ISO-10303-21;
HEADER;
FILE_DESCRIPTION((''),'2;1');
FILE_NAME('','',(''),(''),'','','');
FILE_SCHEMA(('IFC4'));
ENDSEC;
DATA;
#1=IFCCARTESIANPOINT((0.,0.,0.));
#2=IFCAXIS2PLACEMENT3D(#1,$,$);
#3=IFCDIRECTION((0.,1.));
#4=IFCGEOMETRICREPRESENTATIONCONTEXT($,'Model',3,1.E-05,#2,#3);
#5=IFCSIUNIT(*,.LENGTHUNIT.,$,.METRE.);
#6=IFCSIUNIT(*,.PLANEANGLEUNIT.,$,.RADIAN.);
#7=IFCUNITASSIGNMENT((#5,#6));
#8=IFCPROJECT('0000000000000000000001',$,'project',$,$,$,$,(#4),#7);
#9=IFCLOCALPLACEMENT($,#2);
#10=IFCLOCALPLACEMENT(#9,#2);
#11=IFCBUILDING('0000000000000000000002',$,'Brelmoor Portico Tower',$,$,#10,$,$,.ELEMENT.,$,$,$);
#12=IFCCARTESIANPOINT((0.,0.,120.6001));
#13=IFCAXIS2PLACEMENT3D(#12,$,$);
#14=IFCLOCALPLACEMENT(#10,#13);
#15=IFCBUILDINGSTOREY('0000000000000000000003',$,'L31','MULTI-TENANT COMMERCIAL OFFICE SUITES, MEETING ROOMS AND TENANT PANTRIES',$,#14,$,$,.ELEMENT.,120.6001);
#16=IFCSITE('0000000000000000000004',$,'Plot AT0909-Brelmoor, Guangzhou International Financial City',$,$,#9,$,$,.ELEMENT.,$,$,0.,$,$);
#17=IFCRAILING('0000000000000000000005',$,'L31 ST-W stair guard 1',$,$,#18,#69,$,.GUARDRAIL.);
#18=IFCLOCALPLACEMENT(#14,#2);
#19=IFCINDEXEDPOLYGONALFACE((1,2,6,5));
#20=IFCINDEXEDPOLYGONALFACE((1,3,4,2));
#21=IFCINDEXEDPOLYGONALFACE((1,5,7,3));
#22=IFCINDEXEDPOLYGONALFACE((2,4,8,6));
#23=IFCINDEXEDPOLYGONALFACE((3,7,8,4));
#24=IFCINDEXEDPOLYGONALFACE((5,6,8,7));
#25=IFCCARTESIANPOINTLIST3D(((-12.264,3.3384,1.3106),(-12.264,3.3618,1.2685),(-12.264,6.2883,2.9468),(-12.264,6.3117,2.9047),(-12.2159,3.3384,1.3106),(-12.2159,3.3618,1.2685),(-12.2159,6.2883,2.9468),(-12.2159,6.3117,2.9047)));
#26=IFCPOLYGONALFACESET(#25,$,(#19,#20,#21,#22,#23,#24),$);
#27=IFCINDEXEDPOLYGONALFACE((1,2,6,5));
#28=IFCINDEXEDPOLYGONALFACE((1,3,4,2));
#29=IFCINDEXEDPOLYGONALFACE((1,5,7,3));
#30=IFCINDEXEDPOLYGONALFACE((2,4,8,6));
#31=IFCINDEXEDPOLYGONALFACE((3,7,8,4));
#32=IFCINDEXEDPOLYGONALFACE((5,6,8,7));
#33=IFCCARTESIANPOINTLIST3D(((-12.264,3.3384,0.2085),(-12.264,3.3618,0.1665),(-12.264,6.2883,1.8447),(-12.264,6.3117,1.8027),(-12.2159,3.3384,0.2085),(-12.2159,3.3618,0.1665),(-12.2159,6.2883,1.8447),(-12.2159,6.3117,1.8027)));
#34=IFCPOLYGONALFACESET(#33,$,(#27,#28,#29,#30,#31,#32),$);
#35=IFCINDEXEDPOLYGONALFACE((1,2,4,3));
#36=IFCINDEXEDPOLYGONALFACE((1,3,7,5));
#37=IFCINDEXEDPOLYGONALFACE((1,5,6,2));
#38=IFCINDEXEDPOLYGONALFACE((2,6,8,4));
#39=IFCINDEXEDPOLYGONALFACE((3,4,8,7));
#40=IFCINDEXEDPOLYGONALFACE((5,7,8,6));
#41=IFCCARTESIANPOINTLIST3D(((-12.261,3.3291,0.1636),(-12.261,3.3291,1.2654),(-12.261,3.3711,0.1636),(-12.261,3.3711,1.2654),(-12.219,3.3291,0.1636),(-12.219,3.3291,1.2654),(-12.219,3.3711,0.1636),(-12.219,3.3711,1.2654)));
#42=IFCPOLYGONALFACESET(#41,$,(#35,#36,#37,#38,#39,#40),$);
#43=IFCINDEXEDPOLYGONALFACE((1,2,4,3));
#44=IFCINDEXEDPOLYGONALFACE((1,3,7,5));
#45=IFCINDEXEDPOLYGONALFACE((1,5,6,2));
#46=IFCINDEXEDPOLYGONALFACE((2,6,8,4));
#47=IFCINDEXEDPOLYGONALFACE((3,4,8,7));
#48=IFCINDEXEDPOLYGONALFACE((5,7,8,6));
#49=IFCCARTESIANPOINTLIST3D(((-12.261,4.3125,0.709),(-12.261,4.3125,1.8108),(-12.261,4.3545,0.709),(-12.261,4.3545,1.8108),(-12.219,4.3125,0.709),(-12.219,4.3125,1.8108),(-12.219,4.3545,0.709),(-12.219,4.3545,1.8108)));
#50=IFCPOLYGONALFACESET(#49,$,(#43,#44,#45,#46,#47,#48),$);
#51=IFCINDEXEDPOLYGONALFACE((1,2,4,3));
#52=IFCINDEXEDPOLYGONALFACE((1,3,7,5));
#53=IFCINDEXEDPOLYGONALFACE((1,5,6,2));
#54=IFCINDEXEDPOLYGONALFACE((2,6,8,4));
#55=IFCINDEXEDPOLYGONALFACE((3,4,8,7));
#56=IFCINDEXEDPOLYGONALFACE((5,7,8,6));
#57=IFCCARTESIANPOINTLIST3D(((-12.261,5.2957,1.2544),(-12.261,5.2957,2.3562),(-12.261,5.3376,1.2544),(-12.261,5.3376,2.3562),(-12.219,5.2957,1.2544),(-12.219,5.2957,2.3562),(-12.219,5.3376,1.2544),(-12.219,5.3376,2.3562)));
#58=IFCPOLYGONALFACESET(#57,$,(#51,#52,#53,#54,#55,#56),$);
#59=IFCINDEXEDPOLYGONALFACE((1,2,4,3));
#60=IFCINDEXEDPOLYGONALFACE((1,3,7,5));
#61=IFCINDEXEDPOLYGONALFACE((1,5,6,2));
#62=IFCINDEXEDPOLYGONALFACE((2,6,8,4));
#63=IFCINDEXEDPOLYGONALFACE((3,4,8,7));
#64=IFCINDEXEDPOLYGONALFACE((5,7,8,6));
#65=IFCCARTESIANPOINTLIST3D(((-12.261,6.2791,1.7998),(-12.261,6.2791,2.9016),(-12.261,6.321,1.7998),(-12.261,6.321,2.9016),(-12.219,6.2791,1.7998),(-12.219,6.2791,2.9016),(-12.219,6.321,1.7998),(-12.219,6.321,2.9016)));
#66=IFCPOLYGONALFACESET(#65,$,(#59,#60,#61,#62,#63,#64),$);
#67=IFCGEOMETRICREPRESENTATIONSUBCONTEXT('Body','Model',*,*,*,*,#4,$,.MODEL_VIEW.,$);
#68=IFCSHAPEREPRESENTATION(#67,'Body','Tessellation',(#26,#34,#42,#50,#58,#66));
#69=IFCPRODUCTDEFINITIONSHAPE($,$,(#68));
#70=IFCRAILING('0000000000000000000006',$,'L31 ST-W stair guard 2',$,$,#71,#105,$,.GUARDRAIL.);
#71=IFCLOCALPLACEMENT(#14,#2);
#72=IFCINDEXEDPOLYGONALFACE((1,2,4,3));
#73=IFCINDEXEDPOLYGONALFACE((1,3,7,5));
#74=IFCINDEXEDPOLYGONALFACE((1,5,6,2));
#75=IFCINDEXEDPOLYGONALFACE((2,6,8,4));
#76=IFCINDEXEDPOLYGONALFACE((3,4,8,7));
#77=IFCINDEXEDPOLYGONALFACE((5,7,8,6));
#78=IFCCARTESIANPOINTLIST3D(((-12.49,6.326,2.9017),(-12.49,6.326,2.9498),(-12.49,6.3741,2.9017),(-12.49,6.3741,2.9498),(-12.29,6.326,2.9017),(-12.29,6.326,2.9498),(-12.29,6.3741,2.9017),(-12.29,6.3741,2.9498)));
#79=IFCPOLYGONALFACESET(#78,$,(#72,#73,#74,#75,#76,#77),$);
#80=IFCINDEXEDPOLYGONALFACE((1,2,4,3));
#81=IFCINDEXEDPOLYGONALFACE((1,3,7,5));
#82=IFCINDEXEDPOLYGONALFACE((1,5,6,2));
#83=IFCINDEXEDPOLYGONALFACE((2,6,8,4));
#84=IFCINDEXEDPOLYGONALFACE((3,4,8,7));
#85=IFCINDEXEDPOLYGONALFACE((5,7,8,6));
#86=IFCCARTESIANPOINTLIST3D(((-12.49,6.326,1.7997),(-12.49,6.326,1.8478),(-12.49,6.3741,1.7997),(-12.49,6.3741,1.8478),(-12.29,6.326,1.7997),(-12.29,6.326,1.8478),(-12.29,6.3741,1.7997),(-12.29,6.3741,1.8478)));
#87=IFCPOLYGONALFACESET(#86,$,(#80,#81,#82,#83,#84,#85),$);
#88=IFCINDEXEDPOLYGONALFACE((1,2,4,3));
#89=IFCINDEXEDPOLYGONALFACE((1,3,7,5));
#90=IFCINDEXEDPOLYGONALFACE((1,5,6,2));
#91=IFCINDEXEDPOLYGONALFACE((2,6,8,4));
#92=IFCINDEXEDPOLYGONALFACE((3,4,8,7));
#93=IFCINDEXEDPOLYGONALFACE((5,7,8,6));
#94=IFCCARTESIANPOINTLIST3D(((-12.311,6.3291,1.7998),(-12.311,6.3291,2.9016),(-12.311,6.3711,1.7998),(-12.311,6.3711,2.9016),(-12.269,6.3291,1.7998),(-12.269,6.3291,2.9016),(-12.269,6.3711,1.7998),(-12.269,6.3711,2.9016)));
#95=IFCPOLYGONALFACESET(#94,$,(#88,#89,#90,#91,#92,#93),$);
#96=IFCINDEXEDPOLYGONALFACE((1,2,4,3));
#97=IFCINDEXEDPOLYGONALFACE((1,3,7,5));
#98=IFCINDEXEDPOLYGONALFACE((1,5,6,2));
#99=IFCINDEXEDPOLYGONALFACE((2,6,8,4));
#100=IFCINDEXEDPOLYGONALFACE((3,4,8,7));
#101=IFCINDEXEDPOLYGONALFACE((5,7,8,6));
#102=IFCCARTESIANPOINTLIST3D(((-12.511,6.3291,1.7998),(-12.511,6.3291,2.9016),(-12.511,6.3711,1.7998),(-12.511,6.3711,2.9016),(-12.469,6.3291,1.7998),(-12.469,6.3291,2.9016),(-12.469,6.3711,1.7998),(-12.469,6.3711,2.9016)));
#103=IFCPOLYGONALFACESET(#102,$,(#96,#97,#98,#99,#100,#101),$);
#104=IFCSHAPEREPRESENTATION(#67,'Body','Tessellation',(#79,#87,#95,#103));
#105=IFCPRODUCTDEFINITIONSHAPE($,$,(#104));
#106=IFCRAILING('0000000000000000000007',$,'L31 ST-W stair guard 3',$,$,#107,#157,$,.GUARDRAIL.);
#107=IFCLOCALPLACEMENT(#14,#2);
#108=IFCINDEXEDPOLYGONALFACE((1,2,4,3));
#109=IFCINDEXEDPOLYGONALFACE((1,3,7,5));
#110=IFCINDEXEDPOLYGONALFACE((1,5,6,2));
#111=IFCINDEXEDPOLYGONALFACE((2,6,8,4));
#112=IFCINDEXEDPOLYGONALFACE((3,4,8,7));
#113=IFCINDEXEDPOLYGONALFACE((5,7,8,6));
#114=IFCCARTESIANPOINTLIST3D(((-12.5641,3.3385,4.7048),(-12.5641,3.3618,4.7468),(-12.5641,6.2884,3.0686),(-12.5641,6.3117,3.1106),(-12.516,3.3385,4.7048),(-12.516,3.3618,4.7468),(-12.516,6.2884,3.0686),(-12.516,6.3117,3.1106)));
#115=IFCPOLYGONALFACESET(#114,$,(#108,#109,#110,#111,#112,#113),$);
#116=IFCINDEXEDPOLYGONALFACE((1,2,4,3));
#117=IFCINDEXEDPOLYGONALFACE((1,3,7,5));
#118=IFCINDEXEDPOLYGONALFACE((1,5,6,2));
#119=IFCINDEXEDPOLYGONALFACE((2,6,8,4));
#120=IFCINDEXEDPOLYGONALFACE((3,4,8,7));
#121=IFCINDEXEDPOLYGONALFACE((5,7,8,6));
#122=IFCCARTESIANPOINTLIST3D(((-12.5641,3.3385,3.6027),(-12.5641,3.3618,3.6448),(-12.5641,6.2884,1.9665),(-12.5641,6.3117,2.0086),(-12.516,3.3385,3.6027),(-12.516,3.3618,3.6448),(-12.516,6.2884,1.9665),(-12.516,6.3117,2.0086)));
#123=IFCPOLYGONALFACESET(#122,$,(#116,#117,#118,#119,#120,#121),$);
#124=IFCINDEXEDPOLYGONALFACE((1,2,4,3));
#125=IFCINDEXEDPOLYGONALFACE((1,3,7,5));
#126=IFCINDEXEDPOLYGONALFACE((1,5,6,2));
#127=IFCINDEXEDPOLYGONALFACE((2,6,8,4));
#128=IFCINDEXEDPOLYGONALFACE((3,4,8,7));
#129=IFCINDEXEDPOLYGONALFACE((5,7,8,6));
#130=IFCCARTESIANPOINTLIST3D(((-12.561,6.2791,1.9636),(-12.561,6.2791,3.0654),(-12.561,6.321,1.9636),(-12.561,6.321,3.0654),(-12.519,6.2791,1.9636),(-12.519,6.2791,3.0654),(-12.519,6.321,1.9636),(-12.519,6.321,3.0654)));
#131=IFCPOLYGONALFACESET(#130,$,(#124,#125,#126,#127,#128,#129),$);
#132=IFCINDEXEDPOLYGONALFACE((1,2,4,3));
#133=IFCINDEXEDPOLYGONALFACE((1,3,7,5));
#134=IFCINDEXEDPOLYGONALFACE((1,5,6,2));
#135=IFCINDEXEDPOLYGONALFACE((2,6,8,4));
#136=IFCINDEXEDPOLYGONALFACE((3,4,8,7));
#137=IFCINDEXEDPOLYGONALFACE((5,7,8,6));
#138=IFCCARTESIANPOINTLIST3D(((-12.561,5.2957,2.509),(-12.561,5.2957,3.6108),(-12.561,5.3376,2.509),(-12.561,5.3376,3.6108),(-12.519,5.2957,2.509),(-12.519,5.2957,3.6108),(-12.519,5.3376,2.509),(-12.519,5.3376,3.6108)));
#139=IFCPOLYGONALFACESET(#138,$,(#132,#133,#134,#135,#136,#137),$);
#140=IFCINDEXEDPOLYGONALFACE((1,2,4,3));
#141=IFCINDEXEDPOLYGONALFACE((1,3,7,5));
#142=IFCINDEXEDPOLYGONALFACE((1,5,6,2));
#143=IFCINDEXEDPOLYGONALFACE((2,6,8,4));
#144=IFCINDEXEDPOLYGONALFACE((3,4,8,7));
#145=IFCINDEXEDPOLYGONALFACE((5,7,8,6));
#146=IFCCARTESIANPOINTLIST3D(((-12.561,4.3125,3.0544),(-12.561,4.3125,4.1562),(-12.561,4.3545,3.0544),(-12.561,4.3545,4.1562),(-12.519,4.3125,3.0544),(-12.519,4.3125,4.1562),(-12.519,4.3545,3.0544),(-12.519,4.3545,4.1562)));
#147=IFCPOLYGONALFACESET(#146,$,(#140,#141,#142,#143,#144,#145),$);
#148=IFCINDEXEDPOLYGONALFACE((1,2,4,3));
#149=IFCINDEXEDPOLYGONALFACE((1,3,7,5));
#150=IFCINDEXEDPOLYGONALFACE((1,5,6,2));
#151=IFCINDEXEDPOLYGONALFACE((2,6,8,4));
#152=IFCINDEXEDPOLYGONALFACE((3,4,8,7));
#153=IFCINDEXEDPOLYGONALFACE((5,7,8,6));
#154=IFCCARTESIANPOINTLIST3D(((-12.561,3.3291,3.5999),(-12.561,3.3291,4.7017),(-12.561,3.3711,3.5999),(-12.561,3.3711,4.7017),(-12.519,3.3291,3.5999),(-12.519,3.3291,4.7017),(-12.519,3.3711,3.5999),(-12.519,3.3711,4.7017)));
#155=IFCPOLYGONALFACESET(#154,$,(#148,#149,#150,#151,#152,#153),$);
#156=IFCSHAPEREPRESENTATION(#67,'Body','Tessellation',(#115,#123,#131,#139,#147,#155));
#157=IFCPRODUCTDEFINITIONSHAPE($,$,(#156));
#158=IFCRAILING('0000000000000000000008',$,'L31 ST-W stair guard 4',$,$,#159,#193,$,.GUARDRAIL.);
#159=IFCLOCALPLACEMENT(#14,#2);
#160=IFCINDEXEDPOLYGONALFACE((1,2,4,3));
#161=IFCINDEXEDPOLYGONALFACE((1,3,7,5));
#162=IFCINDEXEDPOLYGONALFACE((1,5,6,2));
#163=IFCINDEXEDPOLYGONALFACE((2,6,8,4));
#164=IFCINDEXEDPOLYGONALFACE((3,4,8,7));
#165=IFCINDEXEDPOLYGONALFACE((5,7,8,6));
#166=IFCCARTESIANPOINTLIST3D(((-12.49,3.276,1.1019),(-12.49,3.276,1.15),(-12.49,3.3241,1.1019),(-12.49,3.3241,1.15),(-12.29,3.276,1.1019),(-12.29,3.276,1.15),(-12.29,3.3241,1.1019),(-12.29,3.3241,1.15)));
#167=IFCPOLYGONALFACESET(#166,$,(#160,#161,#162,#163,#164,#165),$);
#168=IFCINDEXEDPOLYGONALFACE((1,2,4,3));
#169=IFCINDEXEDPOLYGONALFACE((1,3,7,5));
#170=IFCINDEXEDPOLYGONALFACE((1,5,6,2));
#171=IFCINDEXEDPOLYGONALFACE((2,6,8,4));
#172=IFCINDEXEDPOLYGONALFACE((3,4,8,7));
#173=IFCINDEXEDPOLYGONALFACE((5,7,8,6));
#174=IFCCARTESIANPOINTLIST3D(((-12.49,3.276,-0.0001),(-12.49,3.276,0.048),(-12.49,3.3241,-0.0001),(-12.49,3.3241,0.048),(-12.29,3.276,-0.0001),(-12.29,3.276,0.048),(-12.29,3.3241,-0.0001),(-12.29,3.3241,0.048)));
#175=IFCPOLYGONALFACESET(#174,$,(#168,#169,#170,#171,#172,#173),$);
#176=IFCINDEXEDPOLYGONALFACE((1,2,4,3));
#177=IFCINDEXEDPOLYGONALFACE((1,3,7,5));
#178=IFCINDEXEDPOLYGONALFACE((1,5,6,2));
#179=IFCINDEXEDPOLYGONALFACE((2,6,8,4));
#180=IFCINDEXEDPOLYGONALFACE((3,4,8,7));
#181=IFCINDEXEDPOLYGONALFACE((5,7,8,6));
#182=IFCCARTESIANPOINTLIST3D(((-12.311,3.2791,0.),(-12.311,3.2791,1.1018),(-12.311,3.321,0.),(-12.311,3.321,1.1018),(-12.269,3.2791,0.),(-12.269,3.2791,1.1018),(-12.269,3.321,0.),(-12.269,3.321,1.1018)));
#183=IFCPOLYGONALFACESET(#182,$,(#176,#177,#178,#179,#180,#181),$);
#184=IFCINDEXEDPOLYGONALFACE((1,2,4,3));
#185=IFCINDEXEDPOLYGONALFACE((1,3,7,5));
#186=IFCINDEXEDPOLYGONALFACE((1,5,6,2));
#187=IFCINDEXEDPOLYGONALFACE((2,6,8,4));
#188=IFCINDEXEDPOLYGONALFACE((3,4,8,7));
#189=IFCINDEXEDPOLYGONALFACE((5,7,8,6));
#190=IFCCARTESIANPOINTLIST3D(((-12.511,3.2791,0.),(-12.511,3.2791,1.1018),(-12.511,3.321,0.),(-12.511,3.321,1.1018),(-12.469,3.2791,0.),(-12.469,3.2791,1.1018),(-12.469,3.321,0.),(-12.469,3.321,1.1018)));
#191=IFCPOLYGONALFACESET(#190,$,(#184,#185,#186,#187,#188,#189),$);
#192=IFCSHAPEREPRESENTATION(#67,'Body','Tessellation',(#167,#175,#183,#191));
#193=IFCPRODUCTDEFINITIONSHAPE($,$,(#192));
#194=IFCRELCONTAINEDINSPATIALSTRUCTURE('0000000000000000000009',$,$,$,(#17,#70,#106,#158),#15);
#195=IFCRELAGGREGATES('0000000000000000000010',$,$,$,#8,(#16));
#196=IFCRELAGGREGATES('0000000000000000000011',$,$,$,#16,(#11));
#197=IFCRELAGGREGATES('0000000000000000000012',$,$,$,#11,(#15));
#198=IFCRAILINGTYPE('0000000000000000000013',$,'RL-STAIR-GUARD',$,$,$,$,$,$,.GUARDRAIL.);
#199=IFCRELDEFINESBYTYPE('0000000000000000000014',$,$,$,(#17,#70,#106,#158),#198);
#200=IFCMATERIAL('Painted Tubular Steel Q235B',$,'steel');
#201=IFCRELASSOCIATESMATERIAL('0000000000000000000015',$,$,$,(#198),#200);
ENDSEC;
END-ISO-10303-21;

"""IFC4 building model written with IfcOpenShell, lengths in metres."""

from ifc_helpers import new_model, si_unit, direction, frame, origin, origin_2d, place, context, subcontext, project, spatial, rectangle, extrude, material, type_object, element, save


model = new_model("IFC4")

# Units and contexts
model_context = context("Model", 3, precision=1e-05, world=origin(), true_north=direction((0.0, 1.0)))
body_context = subcontext(model_context, "Body", "Model", "MODEL_VIEW")
ifc_project = project(units=[si_unit("LENGTHUNIT", "METRE"), si_unit("PLANEANGLEUNIT", "RADIAN")], contexts=[model_context])

# Site, building, storey
site_placement = place(None, origin())
site = spatial("IfcSite", under=ifc_project, at=site_placement, Name="Plot AT0909-Brelmoor, Guangzhou International Financial City", CompositionType="ELEMENT", RefElevation=0.0)
building_placement = place(site_placement, origin())
building = spatial("IfcBuilding", under=site, at=building_placement, Name="Brelmoor Portico Tower", CompositionType="ELEMENT")
storey_placement = place(building_placement, frame((0.0, 0.0, 120.6001)))
storey = spatial("IfcBuildingStorey", under=building, at=storey_placement, Name="L31", Description="MULTI-TENANT COMMERCIAL OFFICE SUITES, MEETING ROOMS AND TENANT PANTRIES", CompositionType="ELEMENT", Elevation=120.6001)

# Railings
ifc_material_1 = material(Name="Painted Tubular Steel Q235B", Category="steel")
railing_type_1 = type_object("IfcRailingType", Name="RL-STAIR-GUARD", PredefinedType="GUARDRAIL", material=ifc_material_1)
railing_1_placement = place(storey_placement, frame((-12.24, 3.3501, 0.1636)))
element("IfcRailing", 1, at=railing_1_placement, inside=storey, type_object=railing_type_1, Name="L31 ST-W stair guard 1", PredefinedType="GUARDRAIL", context=body_context, shape_type="SweptSolid", body=[
    extrude(rectangle(XDim=0.0481, YDim=0.0481, at=origin_2d()), frame((0.0, 0.0, 1.126), z_axis=(0.0, 0.874488, 0.485047), x_axis=(-1.0, 0.0, 0.0)), (0.0, 0.0, 1.0), 3.3733),
    extrude(rectangle(XDim=0.0481, YDim=0.0481, at=origin_2d()), frame((0.0, 0.0, 0.0239), z_axis=(0.0, 0.874488, 0.485047), x_axis=(-1.0, 0.0, 0.0)), (0.0, 0.0, 1.0), 3.3733),
    extrude(rectangle(XDim=0.042, YDim=0.042, at=origin_2d()), origin(), (0.0, 0.0, 1.0), 1.1018),
    extrude(rectangle(XDim=0.042, YDim=0.042, at=origin_2d()), frame((0.0, 0.9834, 0.5454)), (0.0, 0.0, 1.0), 1.1018),
    extrude(rectangle(XDim=0.042, YDim=0.042, at=origin_2d()), frame((0.0, 1.9666, 1.0908)), (0.0, 0.0, 1.0), 1.1018),
    extrude(rectangle(XDim=0.042, YDim=0.042, at=origin_2d()), frame((0.0, 2.95, 1.6362)), (0.0, 0.0, 1.0), 1.1018),
])
railing_2_placement = place(storey_placement, frame((-12.29, 6.3501, 1.7998)))
element("IfcRailing", 2, at=railing_2_placement, inside=storey, type_object=railing_type_1, Name="L31 ST-W stair guard 2", PredefinedType="GUARDRAIL", context=body_context, shape_type="SweptSolid", body=[
    extrude(rectangle(XDim=0.0481, YDim=0.0481, at=origin_2d()), frame((0.0, 0.0, 1.126), z_axis=(-1.0, 0.0, 0.0), x_axis=(0.0, -1.0, 0.0)), (0.0, 0.0, 1.0), 0.2),
    extrude(rectangle(XDim=0.0481, YDim=0.0481, at=origin_2d()), frame((0.0, 0.0, 0.0239), z_axis=(-1.0, 0.0, 0.0), x_axis=(0.0, -1.0, 0.0)), (0.0, 0.0, 1.0), 0.2),
    extrude(rectangle(XDim=0.042, YDim=0.042, at=origin_2d()), origin(), (0.0, 0.0, 1.0), 1.1018),
    extrude(rectangle(XDim=0.042, YDim=0.042, at=origin_2d()), frame((-0.2, 0.0, 0.0)), (0.0, 0.0, 1.0), 1.1018),
])
railing_3_placement = place(storey_placement, frame((-12.54, 6.3, 1.9636)))
element("IfcRailing", 3, at=railing_3_placement, inside=storey, type_object=railing_type_1, Name="L31 ST-W stair guard 3", PredefinedType="GUARDRAIL", context=body_context, shape_type="SweptSolid", body=[
    extrude(rectangle(XDim=0.0481, YDim=0.0481, at=origin_2d()), frame((0.0, 0.0, 1.126), z_axis=(0.0, -0.874488, 0.485047), x_axis=(1.0, 0.0, 0.0)), (0.0, 0.0, 1.0), 3.3733),
    extrude(rectangle(XDim=0.0481, YDim=0.0481, at=origin_2d()), frame((0.0, 0.0, 0.0239), z_axis=(0.0, -0.874488, 0.485047), x_axis=(1.0, 0.0, 0.0)), (0.0, 0.0, 1.0), 3.3733),
    extrude(rectangle(XDim=0.042, YDim=0.042, at=origin_2d()), origin(), (0.0, 0.0, 1.0), 1.1018),
    extrude(rectangle(XDim=0.042, YDim=0.042, at=origin_2d()), frame((0.0, -0.9834, 0.5454)), (0.0, 0.0, 1.0), 1.1018),
    extrude(rectangle(XDim=0.042, YDim=0.042, at=origin_2d()), frame((0.0, -1.9666, 1.0908)), (0.0, 0.0, 1.0), 1.1018),
    extrude(rectangle(XDim=0.042, YDim=0.042, at=origin_2d()), frame((0.0, -2.95, 1.6362)), (0.0, 0.0, 1.0), 1.1018),
])
railing_4_placement = place(storey_placement, frame((-12.29, 3.3, 0.0)))
element("IfcRailing", 4, at=railing_4_placement, inside=storey, type_object=railing_type_1, Name="L31 ST-W stair guard 4", PredefinedType="GUARDRAIL", context=body_context, shape_type="SweptSolid", body=[
    extrude(rectangle(XDim=0.0481, YDim=0.0481, at=origin_2d()), frame((0.0, 0.0, 1.126), z_axis=(-1.0, 0.0, 0.0), x_axis=(0.0, -1.0, 0.0)), (0.0, 0.0, 1.0), 0.2),
    extrude(rectangle(XDim=0.0481, YDim=0.0481, at=origin_2d()), frame((0.0, 0.0, 0.0239), z_axis=(-1.0, 0.0, 0.0), x_axis=(0.0, -1.0, 0.0)), (0.0, 0.0, 1.0), 0.2),
    extrude(rectangle(XDim=0.042, YDim=0.042, at=origin_2d()), origin(), (0.0, 0.0, 1.0), 1.1018),
    extrude(rectangle(XDim=0.042, YDim=0.042, at=origin_2d()), frame((-0.2, 0.0, 0.0)), (0.0, 0.0, 1.0), 1.1018),
])

save(model, "model.ifc")
